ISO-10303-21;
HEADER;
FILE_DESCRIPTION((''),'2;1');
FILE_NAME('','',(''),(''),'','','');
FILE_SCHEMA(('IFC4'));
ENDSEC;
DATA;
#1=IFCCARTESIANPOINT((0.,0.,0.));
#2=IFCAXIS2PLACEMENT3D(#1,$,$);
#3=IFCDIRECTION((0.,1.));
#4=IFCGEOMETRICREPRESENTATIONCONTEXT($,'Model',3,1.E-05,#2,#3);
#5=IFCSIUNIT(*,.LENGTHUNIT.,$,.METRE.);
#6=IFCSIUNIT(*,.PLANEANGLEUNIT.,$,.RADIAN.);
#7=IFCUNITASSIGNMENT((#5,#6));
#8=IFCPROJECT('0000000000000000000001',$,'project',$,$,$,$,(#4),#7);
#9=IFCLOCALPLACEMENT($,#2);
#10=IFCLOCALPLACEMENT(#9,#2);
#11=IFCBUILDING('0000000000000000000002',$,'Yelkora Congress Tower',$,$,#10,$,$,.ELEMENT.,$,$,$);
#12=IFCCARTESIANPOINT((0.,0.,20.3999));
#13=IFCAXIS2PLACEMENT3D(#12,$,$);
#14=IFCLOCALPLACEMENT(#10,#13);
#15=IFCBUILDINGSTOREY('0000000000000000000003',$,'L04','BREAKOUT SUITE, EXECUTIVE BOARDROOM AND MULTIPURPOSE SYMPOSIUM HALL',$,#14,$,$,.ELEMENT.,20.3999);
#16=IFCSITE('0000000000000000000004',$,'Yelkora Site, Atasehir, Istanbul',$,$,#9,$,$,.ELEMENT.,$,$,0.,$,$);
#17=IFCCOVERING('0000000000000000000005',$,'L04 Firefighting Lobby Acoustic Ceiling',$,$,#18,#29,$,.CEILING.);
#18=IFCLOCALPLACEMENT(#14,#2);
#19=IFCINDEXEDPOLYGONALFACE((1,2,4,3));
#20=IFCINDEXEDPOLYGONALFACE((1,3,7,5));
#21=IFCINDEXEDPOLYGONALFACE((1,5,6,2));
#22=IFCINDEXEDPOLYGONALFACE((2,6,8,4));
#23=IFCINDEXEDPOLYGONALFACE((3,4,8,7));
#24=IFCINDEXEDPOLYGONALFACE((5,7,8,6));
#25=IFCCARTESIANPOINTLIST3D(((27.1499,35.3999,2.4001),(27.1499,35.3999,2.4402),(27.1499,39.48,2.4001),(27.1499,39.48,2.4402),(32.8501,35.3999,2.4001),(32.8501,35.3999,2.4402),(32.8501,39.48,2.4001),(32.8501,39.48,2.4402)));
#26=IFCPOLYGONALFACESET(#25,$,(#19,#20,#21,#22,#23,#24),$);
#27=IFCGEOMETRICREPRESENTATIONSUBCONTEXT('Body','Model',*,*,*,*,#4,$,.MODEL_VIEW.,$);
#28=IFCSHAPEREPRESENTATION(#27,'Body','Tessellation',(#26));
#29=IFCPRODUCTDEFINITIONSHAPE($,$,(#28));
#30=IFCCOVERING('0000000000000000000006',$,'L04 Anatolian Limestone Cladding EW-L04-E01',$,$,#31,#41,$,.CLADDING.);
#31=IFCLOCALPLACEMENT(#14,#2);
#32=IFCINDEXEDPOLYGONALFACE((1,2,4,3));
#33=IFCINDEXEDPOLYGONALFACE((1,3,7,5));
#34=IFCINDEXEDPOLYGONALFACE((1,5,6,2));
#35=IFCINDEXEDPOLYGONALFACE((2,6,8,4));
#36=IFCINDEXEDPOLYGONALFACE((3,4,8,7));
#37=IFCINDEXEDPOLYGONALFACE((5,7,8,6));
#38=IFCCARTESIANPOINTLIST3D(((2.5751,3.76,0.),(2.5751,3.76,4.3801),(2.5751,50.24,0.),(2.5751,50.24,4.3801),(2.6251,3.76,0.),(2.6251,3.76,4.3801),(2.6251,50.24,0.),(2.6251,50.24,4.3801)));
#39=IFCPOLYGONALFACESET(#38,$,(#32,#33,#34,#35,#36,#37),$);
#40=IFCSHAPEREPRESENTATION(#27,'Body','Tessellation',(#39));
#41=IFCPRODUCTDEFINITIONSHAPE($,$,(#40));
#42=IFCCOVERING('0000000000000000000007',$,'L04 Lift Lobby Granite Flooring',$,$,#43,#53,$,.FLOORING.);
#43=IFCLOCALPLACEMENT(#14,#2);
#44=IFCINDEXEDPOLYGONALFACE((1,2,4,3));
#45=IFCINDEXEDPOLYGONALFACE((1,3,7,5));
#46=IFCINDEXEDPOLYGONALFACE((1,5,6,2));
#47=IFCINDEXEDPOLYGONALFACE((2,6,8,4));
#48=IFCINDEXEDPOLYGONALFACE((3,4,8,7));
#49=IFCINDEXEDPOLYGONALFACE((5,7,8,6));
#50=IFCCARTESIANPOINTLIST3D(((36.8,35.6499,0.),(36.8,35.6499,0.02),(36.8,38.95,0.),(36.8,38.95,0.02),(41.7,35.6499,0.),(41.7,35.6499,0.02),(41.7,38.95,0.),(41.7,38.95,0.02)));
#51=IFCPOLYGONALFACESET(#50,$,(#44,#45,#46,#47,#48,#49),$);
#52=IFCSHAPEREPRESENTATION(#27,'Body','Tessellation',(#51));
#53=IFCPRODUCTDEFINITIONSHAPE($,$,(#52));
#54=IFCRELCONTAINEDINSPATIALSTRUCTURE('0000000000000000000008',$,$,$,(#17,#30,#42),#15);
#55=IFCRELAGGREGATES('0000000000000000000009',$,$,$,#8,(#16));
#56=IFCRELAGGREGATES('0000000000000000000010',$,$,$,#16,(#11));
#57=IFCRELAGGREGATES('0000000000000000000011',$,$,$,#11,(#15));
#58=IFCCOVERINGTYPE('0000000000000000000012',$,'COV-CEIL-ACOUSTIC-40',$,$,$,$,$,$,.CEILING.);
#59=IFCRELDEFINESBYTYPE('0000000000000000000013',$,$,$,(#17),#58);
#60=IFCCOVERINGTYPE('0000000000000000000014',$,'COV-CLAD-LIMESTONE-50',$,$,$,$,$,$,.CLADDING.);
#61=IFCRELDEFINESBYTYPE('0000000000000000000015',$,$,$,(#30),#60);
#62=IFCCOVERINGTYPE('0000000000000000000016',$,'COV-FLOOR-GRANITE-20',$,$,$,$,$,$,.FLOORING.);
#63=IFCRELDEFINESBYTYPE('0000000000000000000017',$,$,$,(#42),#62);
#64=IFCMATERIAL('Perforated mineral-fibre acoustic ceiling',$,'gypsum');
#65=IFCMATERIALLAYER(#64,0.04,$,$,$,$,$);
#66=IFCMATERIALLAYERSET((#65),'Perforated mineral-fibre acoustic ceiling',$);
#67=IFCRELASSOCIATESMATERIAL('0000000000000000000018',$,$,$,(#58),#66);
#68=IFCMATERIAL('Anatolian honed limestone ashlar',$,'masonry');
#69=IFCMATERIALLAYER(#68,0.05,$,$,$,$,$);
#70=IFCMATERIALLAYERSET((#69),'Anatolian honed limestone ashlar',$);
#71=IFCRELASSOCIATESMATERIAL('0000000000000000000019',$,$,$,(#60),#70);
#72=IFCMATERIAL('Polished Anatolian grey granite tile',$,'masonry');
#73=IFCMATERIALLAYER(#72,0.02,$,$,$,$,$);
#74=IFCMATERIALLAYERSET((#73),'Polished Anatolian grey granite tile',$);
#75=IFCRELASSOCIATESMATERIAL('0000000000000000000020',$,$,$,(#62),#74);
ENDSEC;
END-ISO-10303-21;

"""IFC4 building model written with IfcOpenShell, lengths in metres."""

from ifc_helpers import new_model, si_unit, direction, frame, frame_2d, origin, place, context, subcontext, project, spatial, polyline, rectangle, outline, extrude, material, layer, layer_set, type_object, element, save


model = new_model("IFC4")

# Units and contexts
model_context = context("Model", 3, precision=1e-05, world=origin(), true_north=direction((0.0, 1.0)))
body_context = subcontext(model_context, "Body", "Model", "MODEL_VIEW")
ifc_project = project(units=[si_unit("LENGTHUNIT", "METRE"), si_unit("PLANEANGLEUNIT", "RADIAN")], contexts=[model_context])

# Site, building, storey
site_placement = place(None, origin())
site = spatial("IfcSite", under=ifc_project, at=site_placement, Name="Yelkora Site, Atasehir, Istanbul", CompositionType="ELEMENT", RefElevation=0.0)
building_placement = place(site_placement, origin())
building = spatial("IfcBuilding", under=site, at=building_placement, Name="Yelkora Congress Tower", CompositionType="ELEMENT")
storey_placement = place(building_placement, frame((0.0, 0.0, 20.3999)))
storey = spatial("IfcBuildingStorey", under=building, at=storey_placement, Name="L04", Description="BREAKOUT SUITE, EXECUTIVE BOARDROOM AND MULTIPURPOSE SYMPOSIUM HALL", CompositionType="ELEMENT", Elevation=20.3999)

# Coverings
ifc_material_1 = material(Name="Perforated mineral-fibre acoustic ceiling", Category="gypsum")
ifc_layer_1 = layer(ifc_material_1, 0.04)
ifc_layer_set_1 = layer_set([ifc_layer_1], Name="Perforated mineral-fibre acoustic ceiling")
covering_type_1 = type_object("IfcCoveringType", Name="COV-CEIL-ACOUSTIC-40", PredefinedType="CEILING", material=ifc_layer_set_1)
covering_1_placement = place(storey_placement, frame((0.0, 0.0, 2.4001)))
element("IfcCovering", 1, at=covering_1_placement, inside=storey, type_object=covering_type_1, Name="L04 Firefighting Lobby Acoustic Ceiling", PredefinedType="CEILING", context=body_context, shape_type="SweptSolid", body=[
    extrude(outline(polyline([(27.1499, 35.3999), (32.8501, 35.3999), (32.8501, 39.48), (27.1499, 39.48), (27.1499, 35.3999)])), origin(), (0.0, 0.0, 1.0), 0.04),
])
ifc_material_2 = material(Name="Anatolian honed limestone ashlar", Category="masonry")
ifc_layer_2 = layer(ifc_material_2, 0.05)
ifc_layer_set_2 = layer_set([ifc_layer_2], Name="Anatolian honed limestone ashlar")
covering_type_2 = type_object("IfcCoveringType", Name="COV-CLAD-LIMESTONE-50", PredefinedType="CLADDING", material=ifc_layer_set_2)
covering_2_placement = place(storey_placement, frame((2.6001, 3.76, 0.0), z_axis=(0.0, 0.0, 1.0), x_axis=(0.0, 1.0, 0.0)))
element("IfcCovering", 2, at=covering_2_placement, inside=storey, type_object=covering_type_2, Name="L04 Anatolian Limestone Cladding EW-L04-E01", PredefinedType="CLADDING", context=body_context, shape_type="SweptSolid", body=[
    extrude(rectangle(XDim=46.48, YDim=0.05, at=frame_2d((23.24, 0.0))), origin(), (0.0, 0.0, 1.0), 4.3801),
])
ifc_material_3 = material(Name="Polished Anatolian grey granite tile", Category="masonry")
ifc_layer_3 = layer(ifc_material_3, 0.02)
ifc_layer_set_3 = layer_set([ifc_layer_3], Name="Polished Anatolian grey granite tile")
covering_type_3 = type_object("IfcCoveringType", Name="COV-FLOOR-GRANITE-20", PredefinedType="FLOORING", material=ifc_layer_set_3)
covering_3_placement = place(storey_placement, origin())
element("IfcCovering", 3, at=covering_3_placement, inside=storey, type_object=covering_type_3, Name="L04 Lift Lobby Granite Flooring", PredefinedType="FLOORING", context=body_context, shape_type="SweptSolid", body=[
    extrude(outline(polyline([(36.8, 35.6499), (41.7, 35.6499), (41.7, 38.95), (36.8, 38.95), (36.8, 35.6499)])), origin(), (0.0, 0.0, 1.0), 0.02),
])

save(model, "model.ifc")
